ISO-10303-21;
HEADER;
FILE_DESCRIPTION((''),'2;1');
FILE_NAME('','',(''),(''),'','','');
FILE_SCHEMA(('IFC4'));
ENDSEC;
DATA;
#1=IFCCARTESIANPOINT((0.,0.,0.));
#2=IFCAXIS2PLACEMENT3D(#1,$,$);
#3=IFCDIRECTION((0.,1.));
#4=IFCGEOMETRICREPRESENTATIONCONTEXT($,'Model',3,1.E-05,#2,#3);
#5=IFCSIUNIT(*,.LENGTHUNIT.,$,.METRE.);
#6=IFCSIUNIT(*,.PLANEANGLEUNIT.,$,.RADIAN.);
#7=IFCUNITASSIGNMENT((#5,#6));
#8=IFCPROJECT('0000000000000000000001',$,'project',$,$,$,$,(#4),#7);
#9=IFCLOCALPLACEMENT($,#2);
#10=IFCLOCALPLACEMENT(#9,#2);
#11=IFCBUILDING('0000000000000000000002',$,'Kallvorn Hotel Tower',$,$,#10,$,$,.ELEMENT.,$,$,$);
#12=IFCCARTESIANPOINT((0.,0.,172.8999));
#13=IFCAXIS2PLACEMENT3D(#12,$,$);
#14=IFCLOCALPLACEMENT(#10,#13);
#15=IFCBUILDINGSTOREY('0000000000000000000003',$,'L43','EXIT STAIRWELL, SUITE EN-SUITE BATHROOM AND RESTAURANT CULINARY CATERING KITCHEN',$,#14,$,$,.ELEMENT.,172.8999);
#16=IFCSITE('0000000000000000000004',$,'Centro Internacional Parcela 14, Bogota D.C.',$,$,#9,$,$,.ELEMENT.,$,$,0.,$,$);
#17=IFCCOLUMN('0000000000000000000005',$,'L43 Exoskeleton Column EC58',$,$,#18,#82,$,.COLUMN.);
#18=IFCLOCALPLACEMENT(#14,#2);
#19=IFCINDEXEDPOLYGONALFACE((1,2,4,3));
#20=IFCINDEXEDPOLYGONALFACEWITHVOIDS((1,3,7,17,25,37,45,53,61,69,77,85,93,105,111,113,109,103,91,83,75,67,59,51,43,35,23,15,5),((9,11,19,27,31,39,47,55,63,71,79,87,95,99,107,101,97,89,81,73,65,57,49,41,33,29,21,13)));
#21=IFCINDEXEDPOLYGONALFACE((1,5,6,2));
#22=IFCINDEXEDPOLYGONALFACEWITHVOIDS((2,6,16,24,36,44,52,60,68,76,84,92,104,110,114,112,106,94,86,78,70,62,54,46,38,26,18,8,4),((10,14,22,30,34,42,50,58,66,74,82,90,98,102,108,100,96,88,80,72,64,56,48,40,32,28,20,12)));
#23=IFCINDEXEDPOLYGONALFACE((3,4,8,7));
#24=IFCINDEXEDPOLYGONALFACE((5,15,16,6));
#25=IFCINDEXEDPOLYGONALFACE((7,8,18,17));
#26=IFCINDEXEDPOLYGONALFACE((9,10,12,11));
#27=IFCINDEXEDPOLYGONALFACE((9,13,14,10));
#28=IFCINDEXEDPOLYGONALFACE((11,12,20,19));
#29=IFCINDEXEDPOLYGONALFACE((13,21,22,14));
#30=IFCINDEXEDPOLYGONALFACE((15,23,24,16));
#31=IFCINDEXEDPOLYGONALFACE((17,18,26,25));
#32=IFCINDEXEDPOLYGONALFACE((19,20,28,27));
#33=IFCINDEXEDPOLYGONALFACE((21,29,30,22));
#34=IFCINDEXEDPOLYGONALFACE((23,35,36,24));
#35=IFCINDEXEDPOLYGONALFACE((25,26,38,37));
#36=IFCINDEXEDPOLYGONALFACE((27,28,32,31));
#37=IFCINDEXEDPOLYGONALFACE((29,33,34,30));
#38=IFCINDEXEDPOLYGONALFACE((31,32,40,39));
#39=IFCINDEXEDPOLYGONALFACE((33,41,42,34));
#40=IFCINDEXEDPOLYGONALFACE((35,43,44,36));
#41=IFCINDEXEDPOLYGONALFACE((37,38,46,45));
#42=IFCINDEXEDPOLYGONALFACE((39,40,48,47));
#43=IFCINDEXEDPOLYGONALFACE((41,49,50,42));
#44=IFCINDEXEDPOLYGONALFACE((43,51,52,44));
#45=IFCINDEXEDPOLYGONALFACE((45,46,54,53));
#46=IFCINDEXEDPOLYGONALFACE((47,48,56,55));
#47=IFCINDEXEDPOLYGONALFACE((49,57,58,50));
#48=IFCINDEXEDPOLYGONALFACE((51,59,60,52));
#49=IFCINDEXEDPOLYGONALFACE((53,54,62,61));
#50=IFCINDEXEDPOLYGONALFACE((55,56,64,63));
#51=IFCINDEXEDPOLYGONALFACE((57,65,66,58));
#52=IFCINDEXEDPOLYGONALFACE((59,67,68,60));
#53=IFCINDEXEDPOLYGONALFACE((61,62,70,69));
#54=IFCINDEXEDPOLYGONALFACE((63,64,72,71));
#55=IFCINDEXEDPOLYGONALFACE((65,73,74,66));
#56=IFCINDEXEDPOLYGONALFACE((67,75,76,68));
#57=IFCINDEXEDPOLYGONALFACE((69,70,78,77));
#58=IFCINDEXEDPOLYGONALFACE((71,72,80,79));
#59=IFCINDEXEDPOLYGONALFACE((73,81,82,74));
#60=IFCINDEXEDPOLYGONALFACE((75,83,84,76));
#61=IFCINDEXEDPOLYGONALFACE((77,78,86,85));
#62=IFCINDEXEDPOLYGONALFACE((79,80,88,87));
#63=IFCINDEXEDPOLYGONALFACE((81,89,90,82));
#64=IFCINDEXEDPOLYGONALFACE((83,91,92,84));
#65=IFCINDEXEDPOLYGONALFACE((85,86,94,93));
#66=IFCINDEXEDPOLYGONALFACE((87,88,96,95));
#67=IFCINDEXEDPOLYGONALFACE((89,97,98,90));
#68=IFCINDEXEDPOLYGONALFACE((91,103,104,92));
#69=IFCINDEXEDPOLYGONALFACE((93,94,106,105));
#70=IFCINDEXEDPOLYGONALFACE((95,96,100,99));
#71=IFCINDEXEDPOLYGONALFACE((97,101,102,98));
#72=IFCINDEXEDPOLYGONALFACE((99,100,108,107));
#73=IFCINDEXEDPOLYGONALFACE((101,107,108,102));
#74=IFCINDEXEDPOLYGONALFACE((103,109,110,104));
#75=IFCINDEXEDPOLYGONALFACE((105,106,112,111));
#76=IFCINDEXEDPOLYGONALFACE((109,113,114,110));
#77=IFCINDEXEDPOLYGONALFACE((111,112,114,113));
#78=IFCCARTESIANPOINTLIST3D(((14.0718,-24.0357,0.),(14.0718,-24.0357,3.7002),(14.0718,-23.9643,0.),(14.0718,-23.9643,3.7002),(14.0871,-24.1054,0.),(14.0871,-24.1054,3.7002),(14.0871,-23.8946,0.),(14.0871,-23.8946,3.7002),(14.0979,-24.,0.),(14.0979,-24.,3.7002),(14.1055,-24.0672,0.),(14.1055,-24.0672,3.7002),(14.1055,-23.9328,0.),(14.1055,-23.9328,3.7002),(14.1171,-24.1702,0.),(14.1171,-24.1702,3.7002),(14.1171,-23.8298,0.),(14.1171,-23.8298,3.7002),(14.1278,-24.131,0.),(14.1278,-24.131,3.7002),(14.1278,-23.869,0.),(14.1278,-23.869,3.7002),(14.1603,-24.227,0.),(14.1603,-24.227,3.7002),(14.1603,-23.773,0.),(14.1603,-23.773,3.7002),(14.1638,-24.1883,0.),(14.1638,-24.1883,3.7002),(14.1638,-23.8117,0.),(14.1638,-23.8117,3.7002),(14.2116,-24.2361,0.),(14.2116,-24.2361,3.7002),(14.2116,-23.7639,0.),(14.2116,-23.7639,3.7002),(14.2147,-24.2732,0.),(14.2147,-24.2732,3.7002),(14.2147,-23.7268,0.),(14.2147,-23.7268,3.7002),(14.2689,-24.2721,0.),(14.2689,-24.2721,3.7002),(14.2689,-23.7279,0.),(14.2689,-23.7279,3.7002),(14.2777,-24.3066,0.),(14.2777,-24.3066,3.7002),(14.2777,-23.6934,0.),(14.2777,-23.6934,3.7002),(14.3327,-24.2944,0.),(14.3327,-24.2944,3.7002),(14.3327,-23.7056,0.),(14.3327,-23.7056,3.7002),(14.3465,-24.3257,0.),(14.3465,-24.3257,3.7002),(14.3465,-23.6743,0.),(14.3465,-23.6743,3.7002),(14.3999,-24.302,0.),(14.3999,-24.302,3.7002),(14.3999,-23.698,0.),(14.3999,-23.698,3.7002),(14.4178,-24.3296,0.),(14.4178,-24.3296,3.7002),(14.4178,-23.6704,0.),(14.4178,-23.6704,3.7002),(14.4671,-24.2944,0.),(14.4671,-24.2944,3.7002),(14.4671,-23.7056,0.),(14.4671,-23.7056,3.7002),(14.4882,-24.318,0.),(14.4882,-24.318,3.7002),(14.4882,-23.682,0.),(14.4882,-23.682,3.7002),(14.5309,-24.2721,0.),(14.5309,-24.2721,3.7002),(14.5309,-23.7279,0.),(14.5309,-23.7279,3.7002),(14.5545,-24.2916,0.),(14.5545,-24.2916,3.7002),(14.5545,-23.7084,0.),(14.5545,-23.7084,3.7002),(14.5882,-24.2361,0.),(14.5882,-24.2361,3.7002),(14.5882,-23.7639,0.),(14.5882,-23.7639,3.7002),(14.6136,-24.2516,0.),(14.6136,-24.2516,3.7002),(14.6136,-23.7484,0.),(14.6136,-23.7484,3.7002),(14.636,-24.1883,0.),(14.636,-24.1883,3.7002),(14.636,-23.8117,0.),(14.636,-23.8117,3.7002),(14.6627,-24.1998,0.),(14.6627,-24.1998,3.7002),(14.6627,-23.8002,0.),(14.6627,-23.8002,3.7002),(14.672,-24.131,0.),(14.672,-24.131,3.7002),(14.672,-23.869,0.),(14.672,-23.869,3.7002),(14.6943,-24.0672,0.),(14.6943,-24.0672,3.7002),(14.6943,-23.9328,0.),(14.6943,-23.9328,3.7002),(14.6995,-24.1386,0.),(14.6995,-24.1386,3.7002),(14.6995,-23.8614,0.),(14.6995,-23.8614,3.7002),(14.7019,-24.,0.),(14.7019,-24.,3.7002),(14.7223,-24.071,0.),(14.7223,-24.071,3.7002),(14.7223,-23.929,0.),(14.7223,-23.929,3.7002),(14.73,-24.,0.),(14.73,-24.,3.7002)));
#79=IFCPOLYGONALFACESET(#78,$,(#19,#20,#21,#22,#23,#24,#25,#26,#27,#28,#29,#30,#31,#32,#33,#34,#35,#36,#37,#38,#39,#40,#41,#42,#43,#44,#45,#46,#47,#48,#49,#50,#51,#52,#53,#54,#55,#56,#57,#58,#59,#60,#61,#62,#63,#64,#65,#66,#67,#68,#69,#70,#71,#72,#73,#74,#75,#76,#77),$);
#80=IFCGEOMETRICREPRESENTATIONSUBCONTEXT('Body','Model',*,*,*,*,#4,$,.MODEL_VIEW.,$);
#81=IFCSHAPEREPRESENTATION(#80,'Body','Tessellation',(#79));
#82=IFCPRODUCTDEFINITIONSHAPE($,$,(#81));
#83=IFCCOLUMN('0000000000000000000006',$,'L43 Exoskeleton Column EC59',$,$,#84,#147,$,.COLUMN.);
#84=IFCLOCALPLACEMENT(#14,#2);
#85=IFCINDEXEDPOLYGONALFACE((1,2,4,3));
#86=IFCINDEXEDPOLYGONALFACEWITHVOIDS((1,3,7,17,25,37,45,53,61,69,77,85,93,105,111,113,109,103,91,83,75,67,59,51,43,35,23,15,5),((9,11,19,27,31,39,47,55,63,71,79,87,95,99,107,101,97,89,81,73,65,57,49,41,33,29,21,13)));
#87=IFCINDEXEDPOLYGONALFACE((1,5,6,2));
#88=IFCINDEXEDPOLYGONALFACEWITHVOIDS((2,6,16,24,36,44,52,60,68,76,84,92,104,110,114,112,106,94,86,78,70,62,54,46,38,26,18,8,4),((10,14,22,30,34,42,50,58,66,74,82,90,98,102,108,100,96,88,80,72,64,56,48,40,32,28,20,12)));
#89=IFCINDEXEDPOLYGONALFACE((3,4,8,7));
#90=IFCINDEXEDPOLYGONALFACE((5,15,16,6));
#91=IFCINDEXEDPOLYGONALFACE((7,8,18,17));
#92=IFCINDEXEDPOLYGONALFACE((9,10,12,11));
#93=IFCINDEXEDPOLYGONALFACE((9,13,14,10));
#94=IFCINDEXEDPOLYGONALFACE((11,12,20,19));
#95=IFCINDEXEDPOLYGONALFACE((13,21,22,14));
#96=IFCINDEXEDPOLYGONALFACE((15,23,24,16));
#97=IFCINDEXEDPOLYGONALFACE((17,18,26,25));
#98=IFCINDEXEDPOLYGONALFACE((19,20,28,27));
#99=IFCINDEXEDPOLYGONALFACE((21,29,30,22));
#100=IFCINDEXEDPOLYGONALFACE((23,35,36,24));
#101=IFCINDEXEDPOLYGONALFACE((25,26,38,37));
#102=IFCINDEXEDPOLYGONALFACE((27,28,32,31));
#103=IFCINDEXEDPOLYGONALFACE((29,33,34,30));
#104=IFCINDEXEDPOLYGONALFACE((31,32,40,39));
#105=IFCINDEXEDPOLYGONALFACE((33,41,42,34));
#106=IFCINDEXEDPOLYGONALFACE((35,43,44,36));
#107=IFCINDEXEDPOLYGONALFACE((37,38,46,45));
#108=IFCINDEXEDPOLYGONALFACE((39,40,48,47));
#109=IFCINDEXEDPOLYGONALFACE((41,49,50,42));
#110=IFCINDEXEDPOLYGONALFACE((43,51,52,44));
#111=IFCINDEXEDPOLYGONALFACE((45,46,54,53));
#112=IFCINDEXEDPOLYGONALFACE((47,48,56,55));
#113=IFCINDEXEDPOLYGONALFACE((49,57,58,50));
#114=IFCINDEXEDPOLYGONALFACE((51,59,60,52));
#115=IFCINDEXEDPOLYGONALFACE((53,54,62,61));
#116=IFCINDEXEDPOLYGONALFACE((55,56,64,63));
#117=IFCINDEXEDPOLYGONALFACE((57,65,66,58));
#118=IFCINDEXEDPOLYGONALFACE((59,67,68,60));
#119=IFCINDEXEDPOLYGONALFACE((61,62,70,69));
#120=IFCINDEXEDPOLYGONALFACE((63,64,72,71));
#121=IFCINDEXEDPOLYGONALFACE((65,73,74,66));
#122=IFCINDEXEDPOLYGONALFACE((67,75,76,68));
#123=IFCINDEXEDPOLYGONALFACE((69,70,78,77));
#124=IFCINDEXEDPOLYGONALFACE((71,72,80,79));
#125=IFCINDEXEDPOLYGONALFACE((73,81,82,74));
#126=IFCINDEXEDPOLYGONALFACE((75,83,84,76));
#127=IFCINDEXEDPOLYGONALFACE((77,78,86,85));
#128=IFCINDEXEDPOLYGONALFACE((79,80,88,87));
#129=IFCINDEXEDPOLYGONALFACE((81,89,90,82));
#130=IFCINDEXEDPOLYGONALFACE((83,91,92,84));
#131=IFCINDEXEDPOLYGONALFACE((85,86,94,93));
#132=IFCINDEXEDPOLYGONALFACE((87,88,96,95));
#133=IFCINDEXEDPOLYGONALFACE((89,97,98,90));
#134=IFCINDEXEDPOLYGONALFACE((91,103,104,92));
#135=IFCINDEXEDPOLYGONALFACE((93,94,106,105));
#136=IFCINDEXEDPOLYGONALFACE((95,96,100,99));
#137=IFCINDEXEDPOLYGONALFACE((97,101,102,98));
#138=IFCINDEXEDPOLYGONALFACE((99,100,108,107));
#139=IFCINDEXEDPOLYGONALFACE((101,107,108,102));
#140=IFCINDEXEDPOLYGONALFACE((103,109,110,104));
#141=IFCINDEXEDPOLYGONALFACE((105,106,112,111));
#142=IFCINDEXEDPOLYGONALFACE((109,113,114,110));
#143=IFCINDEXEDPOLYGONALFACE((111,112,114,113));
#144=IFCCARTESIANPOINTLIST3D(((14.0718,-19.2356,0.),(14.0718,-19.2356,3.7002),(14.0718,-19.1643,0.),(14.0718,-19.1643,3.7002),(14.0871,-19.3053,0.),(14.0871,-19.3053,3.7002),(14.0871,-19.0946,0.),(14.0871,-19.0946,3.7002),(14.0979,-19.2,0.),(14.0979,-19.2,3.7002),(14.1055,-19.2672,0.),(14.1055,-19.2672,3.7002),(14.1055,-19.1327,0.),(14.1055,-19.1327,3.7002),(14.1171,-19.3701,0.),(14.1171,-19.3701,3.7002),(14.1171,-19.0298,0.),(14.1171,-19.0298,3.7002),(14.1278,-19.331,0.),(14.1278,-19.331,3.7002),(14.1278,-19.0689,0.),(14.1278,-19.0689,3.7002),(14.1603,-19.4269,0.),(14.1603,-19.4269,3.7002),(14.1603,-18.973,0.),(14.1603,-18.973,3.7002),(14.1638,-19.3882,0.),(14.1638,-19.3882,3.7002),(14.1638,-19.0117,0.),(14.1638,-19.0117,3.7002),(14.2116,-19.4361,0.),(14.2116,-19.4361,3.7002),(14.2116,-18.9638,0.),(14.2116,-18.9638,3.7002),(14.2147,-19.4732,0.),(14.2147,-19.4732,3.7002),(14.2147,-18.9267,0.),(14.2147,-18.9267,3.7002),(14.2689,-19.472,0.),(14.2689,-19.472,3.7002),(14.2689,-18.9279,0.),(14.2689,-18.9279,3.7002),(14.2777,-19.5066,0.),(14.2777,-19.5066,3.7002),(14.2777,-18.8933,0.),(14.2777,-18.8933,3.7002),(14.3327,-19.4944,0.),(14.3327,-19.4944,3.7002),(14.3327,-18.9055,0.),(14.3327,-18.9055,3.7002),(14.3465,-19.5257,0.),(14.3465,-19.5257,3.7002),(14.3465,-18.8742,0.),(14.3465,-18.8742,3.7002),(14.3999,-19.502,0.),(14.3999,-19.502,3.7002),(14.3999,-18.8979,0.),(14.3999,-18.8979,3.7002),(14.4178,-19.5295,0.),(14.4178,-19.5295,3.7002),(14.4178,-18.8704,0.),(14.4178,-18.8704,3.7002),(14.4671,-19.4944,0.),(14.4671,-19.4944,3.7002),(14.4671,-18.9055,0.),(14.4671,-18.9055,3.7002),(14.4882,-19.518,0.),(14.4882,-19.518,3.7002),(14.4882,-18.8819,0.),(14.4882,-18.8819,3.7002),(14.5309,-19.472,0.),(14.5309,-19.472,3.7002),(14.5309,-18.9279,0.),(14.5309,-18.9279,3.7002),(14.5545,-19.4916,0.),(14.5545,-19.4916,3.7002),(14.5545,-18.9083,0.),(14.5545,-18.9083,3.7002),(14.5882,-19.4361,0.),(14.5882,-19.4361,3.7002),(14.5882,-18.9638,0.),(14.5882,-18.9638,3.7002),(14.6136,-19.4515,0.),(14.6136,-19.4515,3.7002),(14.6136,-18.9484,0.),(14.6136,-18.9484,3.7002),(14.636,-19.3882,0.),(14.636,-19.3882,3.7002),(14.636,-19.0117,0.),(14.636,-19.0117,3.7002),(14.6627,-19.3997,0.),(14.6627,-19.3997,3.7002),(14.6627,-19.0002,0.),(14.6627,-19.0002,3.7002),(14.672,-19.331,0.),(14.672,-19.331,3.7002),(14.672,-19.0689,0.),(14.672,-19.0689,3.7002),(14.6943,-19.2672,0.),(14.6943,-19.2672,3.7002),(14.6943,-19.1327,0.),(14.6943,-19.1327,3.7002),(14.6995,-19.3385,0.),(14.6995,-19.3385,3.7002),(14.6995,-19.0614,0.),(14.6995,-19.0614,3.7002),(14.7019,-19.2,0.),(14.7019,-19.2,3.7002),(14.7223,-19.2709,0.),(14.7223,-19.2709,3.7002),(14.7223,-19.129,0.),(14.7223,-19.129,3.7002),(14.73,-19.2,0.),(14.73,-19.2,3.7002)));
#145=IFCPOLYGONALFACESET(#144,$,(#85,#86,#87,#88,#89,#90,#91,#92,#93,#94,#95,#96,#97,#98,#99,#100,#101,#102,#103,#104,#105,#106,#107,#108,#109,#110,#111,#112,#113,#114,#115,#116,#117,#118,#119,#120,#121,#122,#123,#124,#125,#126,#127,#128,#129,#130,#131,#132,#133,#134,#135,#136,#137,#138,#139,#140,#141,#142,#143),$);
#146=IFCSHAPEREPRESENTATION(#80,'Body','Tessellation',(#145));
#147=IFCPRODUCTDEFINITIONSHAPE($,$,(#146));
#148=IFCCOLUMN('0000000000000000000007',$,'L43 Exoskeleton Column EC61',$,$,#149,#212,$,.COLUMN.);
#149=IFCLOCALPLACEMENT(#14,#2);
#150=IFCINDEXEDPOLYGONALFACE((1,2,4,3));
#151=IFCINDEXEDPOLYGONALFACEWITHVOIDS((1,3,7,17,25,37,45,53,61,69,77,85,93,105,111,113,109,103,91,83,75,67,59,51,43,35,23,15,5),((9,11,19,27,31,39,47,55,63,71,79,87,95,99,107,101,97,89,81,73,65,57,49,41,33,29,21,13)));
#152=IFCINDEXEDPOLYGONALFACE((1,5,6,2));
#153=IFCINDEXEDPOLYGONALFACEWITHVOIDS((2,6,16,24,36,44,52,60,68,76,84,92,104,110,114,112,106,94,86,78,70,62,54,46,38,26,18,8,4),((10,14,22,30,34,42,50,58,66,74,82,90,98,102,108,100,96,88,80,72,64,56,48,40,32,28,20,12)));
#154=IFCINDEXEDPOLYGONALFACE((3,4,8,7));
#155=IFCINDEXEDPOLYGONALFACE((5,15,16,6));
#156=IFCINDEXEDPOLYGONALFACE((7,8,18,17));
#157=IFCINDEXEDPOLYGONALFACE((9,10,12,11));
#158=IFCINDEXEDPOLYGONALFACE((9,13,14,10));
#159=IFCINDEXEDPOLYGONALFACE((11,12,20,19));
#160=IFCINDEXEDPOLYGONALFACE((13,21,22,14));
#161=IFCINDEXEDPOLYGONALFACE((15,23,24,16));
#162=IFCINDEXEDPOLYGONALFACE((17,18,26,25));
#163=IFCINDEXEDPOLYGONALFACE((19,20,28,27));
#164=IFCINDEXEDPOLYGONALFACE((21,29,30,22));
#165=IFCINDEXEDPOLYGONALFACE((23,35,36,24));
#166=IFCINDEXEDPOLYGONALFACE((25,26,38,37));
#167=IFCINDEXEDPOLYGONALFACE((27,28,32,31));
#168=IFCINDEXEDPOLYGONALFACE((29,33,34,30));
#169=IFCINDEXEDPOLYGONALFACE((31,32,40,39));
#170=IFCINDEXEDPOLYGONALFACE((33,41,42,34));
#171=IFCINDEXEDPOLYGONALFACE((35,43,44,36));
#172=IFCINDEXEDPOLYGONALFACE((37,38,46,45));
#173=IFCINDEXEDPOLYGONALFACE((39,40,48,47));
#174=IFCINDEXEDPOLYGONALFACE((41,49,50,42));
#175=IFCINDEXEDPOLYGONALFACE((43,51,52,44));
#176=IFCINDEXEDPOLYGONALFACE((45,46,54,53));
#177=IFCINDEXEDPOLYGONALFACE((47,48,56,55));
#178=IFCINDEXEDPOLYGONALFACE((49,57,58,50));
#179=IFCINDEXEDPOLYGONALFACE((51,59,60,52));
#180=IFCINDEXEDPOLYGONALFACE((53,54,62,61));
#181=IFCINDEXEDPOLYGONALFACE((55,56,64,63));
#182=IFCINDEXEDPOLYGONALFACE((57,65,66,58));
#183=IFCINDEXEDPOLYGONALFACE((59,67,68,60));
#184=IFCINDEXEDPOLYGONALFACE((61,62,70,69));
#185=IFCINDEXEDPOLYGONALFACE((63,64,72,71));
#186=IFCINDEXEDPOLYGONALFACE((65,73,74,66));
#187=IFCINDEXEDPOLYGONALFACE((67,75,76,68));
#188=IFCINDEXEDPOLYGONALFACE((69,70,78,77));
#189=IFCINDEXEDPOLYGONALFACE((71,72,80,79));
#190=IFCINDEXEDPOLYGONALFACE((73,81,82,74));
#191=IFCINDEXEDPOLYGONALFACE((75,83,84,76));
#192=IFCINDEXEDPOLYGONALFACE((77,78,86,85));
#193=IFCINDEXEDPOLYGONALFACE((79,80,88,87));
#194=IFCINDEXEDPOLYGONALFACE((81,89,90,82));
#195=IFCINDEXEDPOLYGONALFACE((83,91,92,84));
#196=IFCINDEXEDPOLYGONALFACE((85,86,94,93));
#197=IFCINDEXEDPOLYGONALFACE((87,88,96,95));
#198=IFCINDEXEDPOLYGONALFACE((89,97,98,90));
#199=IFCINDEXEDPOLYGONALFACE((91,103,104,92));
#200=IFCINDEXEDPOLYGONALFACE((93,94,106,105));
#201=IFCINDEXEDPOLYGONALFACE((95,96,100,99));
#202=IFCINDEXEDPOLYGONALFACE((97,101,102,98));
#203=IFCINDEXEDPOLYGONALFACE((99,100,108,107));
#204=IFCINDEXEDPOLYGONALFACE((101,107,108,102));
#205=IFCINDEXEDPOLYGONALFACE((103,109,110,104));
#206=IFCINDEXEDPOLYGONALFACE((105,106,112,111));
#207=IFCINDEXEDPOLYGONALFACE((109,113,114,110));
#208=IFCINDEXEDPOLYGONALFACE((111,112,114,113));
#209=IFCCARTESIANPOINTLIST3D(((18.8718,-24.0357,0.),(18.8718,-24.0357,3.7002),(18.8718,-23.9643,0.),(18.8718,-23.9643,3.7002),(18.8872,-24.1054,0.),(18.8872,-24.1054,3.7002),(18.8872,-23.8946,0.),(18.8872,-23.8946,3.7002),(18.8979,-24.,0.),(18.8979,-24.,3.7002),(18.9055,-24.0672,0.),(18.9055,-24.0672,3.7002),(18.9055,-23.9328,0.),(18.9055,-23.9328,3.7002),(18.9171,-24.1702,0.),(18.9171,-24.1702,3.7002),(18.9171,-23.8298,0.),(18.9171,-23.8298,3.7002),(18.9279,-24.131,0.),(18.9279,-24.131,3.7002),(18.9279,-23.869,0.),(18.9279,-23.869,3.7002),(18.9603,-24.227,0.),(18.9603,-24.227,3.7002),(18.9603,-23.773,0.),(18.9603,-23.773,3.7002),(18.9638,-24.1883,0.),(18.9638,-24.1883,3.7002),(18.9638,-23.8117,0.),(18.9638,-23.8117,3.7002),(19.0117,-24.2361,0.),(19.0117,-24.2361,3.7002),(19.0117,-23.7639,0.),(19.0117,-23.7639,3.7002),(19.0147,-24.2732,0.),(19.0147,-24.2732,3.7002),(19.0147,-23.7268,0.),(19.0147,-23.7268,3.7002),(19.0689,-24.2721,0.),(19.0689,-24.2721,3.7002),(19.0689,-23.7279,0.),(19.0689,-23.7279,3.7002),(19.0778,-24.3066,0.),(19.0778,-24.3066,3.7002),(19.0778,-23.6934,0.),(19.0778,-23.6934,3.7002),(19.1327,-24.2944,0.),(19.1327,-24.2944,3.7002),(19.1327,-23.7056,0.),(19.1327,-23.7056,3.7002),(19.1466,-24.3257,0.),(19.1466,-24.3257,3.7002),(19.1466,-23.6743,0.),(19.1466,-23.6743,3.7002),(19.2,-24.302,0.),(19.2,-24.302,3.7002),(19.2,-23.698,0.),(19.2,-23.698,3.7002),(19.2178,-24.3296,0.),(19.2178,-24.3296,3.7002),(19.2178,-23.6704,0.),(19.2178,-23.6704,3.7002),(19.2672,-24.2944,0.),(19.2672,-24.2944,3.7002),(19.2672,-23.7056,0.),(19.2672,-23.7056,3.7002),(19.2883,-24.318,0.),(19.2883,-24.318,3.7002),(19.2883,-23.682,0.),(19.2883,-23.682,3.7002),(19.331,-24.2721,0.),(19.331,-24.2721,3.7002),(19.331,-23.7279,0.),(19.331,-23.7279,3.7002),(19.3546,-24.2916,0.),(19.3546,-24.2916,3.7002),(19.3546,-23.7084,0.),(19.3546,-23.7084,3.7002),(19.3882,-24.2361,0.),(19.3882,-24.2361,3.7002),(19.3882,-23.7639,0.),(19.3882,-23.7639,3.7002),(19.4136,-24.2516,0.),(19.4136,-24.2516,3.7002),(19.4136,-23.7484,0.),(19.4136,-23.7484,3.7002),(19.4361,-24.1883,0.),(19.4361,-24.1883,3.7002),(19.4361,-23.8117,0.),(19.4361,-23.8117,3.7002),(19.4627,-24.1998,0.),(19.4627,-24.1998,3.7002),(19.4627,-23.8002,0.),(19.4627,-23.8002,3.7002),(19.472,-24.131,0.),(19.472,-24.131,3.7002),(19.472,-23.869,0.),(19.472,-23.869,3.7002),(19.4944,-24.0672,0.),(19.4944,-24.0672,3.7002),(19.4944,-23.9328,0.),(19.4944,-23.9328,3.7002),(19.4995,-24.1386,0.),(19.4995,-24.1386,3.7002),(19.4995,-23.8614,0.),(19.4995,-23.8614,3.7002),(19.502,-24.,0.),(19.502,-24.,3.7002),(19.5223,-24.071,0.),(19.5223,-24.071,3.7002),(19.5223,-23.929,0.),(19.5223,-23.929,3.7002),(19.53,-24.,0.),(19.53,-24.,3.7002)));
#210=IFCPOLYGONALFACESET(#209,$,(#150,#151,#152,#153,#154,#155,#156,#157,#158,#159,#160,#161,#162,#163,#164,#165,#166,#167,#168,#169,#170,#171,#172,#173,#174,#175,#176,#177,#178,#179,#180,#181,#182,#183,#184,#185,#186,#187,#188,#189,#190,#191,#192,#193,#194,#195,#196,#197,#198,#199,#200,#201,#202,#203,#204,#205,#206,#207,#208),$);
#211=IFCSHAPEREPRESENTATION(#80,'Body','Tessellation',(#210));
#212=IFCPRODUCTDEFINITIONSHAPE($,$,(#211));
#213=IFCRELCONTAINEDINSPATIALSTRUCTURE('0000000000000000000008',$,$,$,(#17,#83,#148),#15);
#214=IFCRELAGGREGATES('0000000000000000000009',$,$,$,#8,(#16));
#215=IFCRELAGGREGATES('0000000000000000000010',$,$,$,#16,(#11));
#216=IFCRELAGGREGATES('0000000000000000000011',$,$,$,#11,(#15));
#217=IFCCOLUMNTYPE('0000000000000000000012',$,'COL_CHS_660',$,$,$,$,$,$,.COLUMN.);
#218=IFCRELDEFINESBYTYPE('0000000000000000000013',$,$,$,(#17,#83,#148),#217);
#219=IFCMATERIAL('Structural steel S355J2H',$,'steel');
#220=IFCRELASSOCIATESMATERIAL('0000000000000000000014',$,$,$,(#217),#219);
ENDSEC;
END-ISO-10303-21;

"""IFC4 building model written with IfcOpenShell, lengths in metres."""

from ifc_helpers import new_model, si_unit, direction, frame, origin, origin_2d, place, context, subcontext, project, spatial, hollow_circle, extrude, material, material_profile, profile_set, type_object, element, save


model = new_model("IFC4")

# Units and contexts
model_context = context("Model", 3, precision=1e-05, world=origin(), true_north=direction((0.0, 1.0)))
body_context = subcontext(model_context, "Body", "Model", "MODEL_VIEW")
ifc_project = project(units=[si_unit("LENGTHUNIT", "METRE"), si_unit("PLANEANGLEUNIT", "RADIAN")], contexts=[model_context])

# Site, building, storey
site_placement = place(None, origin())
site = spatial("IfcSite", under=ifc_project, at=site_placement, Name="Centro Internacional Parcela 14, Bogota D.C.", CompositionType="ELEMENT", RefElevation=0.0)
building_placement = place(site_placement, origin())
building = spatial("IfcBuilding", under=site, at=building_placement, Name="Kallvorn Hotel Tower", CompositionType="ELEMENT")
storey_placement = place(building_placement, frame((0.0, 0.0, 172.8999)))
storey = spatial("IfcBuildingStorey", under=building, at=storey_placement, Name="L43", Description="EXIT STAIRWELL, SUITE EN-SUITE BATHROOM AND RESTAURANT CULINARY CATERING KITCHEN", CompositionType="ELEMENT", Elevation=172.8999)

# Columns
ifc_material_1 = material(Name="Structural steel S355J2H", Category="steel")
ifc_material_profile_1 = material_profile(ifc_material_1, hollow_circle(Radius=0.3301, WallThickness=0.0281, at=origin_2d()), Name="CHS 660x28")
ifc_profile_set_1 = profile_set([ifc_material_profile_1], Name="Structural steel S355J2H")
column_type = type_object("IfcColumnType", Name="COL_CHS_660", PredefinedType="COLUMN", material=ifc_profile_set_1)
for number, where, z_axis, x_axis, name in (
    (1, (14.3999, -24.0, 0.0), (0.0, 0.0, 1.0), (1.0, 0.0, 0.0), "L43 Exoskeleton Column EC58"),
    (2, (14.3999, -19.2, 0.0), (0.0, 0.0, 1.0), (1.0, 0.0, 0.0), "L43 Exoskeleton Column EC59"),
    (3, (19.2, -24.0, 0.0), (0.0, 0.0, 1.0), (1.0, 0.0, 0.0), "L43 Exoskeleton Column EC61"),
):
    element("IfcColumn", number, at=place(storey_placement, frame(where, z_axis=z_axis, x_axis=x_axis)), inside=storey, type_object=column_type, Name=name, PredefinedType="COLUMN", context=body_context, shape_type="SweptSolid", body=[
        extrude(hollow_circle(Radius=0.3301, WallThickness=0.0281, at=origin_2d()), origin(), (0.0, 0.0, 1.0), 3.7002),
    ])

save(model, "model.ifc")
